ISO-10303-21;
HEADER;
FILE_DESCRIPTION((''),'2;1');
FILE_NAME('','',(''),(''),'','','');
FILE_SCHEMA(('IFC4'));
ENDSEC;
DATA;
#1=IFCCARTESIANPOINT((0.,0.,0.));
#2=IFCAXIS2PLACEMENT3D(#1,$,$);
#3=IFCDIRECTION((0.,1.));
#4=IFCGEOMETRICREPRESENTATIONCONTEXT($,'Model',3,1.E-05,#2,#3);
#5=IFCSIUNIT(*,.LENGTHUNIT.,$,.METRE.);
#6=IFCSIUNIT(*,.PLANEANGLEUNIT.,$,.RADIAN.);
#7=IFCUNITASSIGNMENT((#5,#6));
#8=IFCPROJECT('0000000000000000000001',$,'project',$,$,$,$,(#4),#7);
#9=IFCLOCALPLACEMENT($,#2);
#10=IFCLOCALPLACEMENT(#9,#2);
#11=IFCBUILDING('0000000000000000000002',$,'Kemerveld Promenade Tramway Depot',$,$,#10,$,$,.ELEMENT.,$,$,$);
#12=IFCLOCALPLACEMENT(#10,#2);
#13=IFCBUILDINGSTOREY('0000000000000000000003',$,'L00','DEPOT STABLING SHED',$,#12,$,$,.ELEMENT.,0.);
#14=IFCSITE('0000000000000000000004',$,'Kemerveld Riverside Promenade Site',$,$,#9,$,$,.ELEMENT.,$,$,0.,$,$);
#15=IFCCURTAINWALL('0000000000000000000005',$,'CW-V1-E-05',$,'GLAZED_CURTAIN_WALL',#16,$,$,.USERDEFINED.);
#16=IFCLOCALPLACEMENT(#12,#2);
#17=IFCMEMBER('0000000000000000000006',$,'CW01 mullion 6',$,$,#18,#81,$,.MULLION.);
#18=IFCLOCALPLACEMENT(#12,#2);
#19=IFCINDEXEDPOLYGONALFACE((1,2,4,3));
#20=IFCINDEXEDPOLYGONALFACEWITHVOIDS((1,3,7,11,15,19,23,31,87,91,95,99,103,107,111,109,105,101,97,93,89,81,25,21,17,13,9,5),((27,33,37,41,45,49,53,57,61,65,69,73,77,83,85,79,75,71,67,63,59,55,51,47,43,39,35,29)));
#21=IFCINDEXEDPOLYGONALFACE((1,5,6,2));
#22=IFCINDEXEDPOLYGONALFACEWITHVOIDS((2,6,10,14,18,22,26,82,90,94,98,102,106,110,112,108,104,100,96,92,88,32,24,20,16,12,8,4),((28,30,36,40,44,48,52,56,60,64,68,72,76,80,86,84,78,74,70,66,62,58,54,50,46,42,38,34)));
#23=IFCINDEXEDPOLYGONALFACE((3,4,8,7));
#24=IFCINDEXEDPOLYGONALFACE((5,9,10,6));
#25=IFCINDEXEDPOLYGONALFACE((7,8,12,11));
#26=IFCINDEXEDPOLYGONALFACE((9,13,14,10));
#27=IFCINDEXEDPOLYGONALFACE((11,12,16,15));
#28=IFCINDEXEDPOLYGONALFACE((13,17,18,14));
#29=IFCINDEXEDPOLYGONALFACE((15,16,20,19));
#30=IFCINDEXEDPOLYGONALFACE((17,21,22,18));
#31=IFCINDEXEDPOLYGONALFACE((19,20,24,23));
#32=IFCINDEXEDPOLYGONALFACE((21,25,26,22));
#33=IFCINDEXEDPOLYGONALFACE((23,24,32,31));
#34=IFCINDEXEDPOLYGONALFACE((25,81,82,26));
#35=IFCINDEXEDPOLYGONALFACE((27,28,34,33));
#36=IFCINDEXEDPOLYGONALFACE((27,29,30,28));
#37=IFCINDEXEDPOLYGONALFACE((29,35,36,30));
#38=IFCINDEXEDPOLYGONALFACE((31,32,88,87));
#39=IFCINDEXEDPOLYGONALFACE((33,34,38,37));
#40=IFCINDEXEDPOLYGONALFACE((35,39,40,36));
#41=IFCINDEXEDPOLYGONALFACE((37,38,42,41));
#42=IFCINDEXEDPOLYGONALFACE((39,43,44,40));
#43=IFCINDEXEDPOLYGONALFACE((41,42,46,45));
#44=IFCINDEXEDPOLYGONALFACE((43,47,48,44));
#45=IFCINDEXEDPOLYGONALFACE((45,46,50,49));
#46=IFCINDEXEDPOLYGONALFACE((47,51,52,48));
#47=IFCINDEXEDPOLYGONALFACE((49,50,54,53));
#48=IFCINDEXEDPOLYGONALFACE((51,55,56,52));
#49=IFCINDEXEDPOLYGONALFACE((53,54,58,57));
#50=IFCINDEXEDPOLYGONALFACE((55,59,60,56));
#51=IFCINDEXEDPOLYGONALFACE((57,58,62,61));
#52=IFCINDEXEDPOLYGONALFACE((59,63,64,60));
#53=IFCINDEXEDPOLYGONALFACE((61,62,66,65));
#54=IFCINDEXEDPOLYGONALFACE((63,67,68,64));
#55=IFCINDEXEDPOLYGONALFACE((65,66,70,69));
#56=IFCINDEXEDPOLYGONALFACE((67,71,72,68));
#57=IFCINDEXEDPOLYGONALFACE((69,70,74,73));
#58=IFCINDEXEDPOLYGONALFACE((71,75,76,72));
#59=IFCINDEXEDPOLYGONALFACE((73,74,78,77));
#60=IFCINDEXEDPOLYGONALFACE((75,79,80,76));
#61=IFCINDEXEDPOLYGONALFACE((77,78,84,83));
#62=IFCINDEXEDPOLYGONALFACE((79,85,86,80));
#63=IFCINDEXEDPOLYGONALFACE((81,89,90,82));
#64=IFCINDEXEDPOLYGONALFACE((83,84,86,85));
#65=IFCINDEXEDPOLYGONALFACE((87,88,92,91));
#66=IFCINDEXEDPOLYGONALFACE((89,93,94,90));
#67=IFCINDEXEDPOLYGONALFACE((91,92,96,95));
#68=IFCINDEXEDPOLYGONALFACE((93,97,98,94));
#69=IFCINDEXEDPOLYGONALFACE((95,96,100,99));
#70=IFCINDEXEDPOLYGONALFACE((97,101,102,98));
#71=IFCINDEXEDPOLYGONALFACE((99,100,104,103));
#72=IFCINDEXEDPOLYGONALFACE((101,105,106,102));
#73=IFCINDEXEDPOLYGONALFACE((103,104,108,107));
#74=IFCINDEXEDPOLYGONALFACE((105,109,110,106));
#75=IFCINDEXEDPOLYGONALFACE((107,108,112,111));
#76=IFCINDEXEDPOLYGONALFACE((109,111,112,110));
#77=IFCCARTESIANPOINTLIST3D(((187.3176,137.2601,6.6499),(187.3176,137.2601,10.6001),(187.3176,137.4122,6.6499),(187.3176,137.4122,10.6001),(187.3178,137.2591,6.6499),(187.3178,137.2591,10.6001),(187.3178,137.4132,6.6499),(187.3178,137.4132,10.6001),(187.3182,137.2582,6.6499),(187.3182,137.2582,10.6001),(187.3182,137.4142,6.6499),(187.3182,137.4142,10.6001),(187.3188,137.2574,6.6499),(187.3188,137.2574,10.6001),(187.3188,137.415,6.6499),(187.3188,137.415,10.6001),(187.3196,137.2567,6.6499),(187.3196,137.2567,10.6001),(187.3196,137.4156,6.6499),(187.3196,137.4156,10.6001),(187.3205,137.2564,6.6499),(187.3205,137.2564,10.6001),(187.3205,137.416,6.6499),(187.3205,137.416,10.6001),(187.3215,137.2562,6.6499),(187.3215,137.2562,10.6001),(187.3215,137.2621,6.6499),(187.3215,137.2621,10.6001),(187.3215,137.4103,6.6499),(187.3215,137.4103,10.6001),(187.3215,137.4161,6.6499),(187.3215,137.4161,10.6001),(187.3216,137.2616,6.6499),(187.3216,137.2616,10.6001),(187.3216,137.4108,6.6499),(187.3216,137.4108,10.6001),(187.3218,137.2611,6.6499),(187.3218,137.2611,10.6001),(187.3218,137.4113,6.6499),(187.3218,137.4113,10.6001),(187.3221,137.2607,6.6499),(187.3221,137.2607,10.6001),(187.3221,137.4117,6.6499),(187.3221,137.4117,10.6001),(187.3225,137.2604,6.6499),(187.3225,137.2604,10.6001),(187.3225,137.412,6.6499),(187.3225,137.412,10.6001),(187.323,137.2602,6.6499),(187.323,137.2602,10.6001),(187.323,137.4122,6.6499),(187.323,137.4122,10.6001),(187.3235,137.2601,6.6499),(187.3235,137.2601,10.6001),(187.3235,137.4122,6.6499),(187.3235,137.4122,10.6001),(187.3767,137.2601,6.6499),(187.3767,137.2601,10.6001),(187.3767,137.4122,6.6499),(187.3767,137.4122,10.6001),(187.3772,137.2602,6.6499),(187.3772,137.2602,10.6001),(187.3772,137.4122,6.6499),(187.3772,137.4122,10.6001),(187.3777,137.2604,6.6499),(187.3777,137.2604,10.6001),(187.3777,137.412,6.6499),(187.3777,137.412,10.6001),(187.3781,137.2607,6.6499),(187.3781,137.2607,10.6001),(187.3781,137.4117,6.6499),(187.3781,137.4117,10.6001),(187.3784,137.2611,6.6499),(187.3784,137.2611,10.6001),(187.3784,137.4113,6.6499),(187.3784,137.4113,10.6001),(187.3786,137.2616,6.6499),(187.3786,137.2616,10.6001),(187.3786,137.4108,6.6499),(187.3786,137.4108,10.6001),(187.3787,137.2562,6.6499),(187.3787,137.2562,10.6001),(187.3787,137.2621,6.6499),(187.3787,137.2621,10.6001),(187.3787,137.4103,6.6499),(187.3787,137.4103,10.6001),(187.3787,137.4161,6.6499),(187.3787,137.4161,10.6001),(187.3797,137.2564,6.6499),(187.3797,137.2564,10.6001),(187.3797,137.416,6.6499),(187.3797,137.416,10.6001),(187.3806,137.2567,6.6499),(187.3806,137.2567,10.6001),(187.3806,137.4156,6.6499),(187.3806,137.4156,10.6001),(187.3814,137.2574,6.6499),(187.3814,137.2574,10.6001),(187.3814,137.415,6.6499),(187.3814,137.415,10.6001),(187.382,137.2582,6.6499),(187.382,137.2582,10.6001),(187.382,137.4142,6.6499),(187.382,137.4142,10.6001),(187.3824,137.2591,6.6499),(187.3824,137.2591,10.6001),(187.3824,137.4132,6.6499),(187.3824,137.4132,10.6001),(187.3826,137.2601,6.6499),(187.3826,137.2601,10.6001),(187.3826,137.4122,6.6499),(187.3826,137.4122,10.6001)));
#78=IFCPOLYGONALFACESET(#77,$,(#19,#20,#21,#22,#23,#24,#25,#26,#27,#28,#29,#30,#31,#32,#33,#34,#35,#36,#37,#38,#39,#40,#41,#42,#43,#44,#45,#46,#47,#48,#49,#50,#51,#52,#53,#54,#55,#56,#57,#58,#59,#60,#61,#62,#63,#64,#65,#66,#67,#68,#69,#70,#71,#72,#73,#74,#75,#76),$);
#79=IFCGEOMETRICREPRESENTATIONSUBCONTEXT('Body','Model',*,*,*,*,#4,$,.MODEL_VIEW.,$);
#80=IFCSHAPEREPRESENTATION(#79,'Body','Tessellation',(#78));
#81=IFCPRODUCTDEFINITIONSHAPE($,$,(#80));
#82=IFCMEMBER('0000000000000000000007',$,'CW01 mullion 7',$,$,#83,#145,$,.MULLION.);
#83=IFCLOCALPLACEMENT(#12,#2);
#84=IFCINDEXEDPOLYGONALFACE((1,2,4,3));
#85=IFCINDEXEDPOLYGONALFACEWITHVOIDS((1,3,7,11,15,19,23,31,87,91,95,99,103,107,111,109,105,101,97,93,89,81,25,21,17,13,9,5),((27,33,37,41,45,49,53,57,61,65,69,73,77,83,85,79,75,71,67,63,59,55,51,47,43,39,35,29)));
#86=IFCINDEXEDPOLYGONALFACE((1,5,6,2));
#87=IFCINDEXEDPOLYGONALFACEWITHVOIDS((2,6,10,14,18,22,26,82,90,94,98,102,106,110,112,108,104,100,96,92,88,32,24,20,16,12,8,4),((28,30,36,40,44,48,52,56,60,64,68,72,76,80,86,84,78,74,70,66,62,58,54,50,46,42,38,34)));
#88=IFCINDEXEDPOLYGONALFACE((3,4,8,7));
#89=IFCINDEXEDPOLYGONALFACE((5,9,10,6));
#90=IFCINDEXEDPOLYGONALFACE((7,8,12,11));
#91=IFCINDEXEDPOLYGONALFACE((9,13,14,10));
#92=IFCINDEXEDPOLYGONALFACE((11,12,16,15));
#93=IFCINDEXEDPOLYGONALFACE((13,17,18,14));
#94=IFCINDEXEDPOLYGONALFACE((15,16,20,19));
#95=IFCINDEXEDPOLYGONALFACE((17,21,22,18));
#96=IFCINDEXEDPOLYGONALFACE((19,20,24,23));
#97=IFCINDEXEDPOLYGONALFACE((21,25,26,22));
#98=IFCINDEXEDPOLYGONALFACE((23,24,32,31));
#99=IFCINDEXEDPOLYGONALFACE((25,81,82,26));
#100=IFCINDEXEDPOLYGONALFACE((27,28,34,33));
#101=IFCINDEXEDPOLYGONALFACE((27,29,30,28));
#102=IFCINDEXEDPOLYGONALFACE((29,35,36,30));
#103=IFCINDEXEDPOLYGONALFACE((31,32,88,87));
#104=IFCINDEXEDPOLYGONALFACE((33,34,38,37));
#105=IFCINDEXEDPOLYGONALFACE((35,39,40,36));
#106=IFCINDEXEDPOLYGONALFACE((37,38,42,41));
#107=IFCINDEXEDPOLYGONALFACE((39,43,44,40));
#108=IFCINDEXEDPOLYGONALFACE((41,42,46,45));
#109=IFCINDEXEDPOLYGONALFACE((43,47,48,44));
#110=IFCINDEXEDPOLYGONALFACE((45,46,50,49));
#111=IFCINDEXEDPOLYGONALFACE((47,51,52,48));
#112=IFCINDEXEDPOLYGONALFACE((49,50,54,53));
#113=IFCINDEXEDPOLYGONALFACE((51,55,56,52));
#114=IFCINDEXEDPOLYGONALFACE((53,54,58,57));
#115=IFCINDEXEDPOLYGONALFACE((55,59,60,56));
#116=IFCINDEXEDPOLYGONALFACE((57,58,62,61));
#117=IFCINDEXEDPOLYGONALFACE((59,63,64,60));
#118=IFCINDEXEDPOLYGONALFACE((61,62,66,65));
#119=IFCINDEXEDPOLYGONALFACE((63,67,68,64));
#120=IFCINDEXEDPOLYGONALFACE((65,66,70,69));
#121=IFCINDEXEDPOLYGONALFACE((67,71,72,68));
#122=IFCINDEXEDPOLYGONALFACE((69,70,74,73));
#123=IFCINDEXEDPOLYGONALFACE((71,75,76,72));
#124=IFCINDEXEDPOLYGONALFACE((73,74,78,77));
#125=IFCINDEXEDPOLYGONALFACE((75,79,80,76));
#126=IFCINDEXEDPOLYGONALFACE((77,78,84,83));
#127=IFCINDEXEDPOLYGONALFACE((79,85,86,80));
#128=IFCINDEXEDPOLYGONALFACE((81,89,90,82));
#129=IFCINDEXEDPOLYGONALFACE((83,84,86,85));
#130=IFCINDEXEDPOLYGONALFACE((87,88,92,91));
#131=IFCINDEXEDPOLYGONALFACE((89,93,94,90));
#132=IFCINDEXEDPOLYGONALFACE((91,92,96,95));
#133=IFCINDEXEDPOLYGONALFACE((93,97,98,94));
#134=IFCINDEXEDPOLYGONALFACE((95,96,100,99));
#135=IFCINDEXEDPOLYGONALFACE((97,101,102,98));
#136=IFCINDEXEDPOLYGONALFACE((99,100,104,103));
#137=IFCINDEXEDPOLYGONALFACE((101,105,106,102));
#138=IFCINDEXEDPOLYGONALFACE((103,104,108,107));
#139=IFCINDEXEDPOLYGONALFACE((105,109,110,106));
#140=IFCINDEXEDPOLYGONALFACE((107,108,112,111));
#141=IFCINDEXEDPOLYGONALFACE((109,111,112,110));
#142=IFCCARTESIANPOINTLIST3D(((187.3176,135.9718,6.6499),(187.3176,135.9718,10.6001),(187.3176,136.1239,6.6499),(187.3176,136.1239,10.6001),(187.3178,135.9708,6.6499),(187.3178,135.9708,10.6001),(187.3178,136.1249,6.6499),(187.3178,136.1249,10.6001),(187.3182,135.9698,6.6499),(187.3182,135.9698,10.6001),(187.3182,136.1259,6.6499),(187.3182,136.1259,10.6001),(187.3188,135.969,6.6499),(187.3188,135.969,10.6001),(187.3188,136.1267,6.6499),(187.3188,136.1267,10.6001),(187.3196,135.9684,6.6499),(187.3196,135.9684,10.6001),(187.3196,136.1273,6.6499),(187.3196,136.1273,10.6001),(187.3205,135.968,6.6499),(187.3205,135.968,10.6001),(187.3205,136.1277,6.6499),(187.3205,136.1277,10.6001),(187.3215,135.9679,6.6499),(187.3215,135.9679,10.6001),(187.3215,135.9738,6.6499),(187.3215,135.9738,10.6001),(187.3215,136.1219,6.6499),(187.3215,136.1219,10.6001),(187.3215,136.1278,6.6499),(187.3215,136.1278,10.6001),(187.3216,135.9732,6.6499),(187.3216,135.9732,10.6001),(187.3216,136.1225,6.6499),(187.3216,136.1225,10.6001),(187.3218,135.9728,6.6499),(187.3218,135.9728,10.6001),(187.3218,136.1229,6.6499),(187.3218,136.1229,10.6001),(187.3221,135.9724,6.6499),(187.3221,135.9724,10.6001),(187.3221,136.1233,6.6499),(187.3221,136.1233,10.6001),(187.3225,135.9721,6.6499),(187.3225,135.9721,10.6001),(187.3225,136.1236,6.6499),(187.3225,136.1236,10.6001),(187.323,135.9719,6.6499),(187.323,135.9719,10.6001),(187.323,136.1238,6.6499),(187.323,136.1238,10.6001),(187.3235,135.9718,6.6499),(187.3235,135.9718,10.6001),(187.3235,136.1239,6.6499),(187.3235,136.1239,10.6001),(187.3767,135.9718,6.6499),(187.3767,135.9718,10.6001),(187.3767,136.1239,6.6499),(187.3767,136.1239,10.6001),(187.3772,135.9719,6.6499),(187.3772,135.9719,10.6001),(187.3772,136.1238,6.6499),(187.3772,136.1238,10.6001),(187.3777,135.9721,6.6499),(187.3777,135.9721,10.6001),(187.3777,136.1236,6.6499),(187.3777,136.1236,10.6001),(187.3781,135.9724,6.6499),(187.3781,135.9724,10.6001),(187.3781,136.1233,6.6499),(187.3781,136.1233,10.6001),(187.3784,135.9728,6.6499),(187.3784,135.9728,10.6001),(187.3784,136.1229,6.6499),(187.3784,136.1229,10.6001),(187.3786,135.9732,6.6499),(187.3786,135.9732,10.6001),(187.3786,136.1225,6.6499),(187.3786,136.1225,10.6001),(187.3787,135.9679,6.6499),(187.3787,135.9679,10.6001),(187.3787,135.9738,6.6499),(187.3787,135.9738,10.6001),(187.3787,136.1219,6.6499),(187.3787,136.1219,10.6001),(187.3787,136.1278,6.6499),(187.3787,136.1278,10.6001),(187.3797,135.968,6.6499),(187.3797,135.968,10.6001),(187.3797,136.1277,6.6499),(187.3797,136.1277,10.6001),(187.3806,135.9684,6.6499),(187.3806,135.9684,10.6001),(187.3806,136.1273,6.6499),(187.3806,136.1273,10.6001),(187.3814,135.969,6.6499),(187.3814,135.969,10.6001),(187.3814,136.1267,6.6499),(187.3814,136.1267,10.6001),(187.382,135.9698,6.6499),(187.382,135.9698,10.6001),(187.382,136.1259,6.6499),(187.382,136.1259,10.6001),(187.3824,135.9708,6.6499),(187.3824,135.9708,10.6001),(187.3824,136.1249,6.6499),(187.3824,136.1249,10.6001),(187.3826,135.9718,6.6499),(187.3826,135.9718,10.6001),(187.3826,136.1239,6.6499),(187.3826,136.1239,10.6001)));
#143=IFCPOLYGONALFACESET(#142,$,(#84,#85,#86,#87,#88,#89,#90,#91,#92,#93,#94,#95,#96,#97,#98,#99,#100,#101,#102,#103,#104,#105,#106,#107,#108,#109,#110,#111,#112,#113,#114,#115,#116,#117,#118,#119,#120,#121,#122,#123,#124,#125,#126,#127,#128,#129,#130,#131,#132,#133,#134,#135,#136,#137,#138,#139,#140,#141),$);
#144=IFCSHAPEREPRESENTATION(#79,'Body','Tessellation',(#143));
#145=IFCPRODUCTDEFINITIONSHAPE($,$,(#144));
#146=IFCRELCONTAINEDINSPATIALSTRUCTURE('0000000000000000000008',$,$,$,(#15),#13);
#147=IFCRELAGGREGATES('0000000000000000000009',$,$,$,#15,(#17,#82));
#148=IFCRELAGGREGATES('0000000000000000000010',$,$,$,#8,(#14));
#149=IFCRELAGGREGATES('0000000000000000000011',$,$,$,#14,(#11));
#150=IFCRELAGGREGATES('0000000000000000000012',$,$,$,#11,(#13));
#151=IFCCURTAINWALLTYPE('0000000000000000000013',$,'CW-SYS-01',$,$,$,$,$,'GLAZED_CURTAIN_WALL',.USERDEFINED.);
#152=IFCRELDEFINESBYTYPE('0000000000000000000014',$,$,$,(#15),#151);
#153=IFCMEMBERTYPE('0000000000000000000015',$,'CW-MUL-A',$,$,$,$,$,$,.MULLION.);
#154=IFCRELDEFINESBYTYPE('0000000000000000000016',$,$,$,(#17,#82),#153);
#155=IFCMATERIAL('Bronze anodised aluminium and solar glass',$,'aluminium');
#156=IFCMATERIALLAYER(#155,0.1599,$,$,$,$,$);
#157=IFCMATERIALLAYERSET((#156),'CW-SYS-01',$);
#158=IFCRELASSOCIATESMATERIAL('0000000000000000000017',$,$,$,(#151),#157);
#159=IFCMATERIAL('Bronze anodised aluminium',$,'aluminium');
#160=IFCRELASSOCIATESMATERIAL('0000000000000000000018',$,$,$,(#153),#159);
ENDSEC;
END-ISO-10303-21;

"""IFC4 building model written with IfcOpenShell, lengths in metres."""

from ifc_helpers import new_model, si_unit, direction, frame, origin, origin_2d, place, context, subcontext, project, spatial, hollow_rectangle, extrude, material, layer, layer_set, material_profile, profile_set, type_object, element, aggregate, save


model = new_model("IFC4")

# Units and contexts
model_context = context("Model", 3, precision=1e-05, world=origin(), true_north=direction((0.0, 1.0)))
body_context = subcontext(model_context, "Body", "Model", "MODEL_VIEW")
ifc_project = project(units=[si_unit("LENGTHUNIT", "METRE"), si_unit("PLANEANGLEUNIT", "RADIAN")], contexts=[model_context])

# Site, building, storey
site_placement = place(None, origin())
site = spatial("IfcSite", under=ifc_project, at=site_placement, Name="Kemerveld Riverside Promenade Site", CompositionType="ELEMENT", RefElevation=0.0)
building_placement = place(site_placement, origin())
building = spatial("IfcBuilding", under=site, at=building_placement, Name="Kemerveld Promenade Tramway Depot", CompositionType="ELEMENT")
storey_placement = place(building_placement, origin())
storey = spatial("IfcBuildingStorey", under=building, at=storey_placement, Name="L00", Description="DEPOT STABLING SHED", CompositionType="ELEMENT", Elevation=0.0)

# Curtain wall, members
ifc_material_1 = material(Name="Bronze anodised aluminium and solar glass", Category="aluminium")
ifc_layer_1 = layer(ifc_material_1, 0.1599)
ifc_layer_set_1 = layer_set([ifc_layer_1], Name="CW-SYS-01")
curtain_wall_type = type_object("IfcCurtainWallType", Name="CW-SYS-01", ElementType="GLAZED_CURTAIN_WALL", PredefinedType="USERDEFINED", material=ifc_layer_set_1)
curtain_wall_placement = place(storey_placement, origin())
curtain_wall = element("IfcCurtainWall", 1, at=curtain_wall_placement, inside=storey, type_object=curtain_wall_type, Name="CW-V1-E-05", ObjectType="GLAZED_CURTAIN_WALL", PredefinedType="USERDEFINED")
ifc_material_2 = material(Name="Bronze anodised aluminium", Category="aluminium")
ifc_material_profile_1 = material_profile(ifc_material_2, hollow_rectangle(XDim=0.0649, YDim=0.1599, WallThickness=0.0039, InnerFilletRadius=0.002, OuterFilletRadius=0.0039, at=origin_2d()), Name="CW-MUL-160x65")
ifc_profile_set_1 = profile_set([ifc_material_profile_1], Name="Bronze anodised aluminium")
member_type_1 = type_object("IfcMemberType", Name="CW-MUL-A", PredefinedType="MULLION", material=ifc_profile_set_1)
member_1_placement = place(storey_placement, frame((187.3501, 137.3362, 6.6499), z_axis=(0.0, 0.0, 1.0), x_axis=(1.0, 0.0, 0.0)))
member_1 = element("IfcMember", 2, at=member_1_placement, type_object=member_type_1, Name="CW01 mullion 6", PredefinedType="MULLION", context=body_context, shape_type="SweptSolid", body=[
    extrude(hollow_rectangle(XDim=0.0649, YDim=0.1599, WallThickness=0.0039, InnerFilletRadius=0.002, OuterFilletRadius=0.0039, at=origin_2d()), origin(), (0.0, 0.0, 1.0), 3.9502),
])
member_2_placement = place(storey_placement, frame((187.3501, 136.0479, 6.6499), z_axis=(0.0, 0.0, 1.0), x_axis=(1.0, 0.0, 0.0)))
member_2 = element("IfcMember", 3, at=member_2_placement, type_object=member_type_1, Name="CW01 mullion 7", PredefinedType="MULLION", context=body_context, shape_type="SweptSolid", body=[
    extrude(hollow_rectangle(XDim=0.0649, YDim=0.1599, WallThickness=0.0039, InnerFilletRadius=0.002, OuterFilletRadius=0.0039, at=origin_2d()), origin(), (0.0, 0.0, 1.0), 3.9502),
])
aggregate(curtain_wall, [member_1, member_2])

save(model, "model.ifc")
